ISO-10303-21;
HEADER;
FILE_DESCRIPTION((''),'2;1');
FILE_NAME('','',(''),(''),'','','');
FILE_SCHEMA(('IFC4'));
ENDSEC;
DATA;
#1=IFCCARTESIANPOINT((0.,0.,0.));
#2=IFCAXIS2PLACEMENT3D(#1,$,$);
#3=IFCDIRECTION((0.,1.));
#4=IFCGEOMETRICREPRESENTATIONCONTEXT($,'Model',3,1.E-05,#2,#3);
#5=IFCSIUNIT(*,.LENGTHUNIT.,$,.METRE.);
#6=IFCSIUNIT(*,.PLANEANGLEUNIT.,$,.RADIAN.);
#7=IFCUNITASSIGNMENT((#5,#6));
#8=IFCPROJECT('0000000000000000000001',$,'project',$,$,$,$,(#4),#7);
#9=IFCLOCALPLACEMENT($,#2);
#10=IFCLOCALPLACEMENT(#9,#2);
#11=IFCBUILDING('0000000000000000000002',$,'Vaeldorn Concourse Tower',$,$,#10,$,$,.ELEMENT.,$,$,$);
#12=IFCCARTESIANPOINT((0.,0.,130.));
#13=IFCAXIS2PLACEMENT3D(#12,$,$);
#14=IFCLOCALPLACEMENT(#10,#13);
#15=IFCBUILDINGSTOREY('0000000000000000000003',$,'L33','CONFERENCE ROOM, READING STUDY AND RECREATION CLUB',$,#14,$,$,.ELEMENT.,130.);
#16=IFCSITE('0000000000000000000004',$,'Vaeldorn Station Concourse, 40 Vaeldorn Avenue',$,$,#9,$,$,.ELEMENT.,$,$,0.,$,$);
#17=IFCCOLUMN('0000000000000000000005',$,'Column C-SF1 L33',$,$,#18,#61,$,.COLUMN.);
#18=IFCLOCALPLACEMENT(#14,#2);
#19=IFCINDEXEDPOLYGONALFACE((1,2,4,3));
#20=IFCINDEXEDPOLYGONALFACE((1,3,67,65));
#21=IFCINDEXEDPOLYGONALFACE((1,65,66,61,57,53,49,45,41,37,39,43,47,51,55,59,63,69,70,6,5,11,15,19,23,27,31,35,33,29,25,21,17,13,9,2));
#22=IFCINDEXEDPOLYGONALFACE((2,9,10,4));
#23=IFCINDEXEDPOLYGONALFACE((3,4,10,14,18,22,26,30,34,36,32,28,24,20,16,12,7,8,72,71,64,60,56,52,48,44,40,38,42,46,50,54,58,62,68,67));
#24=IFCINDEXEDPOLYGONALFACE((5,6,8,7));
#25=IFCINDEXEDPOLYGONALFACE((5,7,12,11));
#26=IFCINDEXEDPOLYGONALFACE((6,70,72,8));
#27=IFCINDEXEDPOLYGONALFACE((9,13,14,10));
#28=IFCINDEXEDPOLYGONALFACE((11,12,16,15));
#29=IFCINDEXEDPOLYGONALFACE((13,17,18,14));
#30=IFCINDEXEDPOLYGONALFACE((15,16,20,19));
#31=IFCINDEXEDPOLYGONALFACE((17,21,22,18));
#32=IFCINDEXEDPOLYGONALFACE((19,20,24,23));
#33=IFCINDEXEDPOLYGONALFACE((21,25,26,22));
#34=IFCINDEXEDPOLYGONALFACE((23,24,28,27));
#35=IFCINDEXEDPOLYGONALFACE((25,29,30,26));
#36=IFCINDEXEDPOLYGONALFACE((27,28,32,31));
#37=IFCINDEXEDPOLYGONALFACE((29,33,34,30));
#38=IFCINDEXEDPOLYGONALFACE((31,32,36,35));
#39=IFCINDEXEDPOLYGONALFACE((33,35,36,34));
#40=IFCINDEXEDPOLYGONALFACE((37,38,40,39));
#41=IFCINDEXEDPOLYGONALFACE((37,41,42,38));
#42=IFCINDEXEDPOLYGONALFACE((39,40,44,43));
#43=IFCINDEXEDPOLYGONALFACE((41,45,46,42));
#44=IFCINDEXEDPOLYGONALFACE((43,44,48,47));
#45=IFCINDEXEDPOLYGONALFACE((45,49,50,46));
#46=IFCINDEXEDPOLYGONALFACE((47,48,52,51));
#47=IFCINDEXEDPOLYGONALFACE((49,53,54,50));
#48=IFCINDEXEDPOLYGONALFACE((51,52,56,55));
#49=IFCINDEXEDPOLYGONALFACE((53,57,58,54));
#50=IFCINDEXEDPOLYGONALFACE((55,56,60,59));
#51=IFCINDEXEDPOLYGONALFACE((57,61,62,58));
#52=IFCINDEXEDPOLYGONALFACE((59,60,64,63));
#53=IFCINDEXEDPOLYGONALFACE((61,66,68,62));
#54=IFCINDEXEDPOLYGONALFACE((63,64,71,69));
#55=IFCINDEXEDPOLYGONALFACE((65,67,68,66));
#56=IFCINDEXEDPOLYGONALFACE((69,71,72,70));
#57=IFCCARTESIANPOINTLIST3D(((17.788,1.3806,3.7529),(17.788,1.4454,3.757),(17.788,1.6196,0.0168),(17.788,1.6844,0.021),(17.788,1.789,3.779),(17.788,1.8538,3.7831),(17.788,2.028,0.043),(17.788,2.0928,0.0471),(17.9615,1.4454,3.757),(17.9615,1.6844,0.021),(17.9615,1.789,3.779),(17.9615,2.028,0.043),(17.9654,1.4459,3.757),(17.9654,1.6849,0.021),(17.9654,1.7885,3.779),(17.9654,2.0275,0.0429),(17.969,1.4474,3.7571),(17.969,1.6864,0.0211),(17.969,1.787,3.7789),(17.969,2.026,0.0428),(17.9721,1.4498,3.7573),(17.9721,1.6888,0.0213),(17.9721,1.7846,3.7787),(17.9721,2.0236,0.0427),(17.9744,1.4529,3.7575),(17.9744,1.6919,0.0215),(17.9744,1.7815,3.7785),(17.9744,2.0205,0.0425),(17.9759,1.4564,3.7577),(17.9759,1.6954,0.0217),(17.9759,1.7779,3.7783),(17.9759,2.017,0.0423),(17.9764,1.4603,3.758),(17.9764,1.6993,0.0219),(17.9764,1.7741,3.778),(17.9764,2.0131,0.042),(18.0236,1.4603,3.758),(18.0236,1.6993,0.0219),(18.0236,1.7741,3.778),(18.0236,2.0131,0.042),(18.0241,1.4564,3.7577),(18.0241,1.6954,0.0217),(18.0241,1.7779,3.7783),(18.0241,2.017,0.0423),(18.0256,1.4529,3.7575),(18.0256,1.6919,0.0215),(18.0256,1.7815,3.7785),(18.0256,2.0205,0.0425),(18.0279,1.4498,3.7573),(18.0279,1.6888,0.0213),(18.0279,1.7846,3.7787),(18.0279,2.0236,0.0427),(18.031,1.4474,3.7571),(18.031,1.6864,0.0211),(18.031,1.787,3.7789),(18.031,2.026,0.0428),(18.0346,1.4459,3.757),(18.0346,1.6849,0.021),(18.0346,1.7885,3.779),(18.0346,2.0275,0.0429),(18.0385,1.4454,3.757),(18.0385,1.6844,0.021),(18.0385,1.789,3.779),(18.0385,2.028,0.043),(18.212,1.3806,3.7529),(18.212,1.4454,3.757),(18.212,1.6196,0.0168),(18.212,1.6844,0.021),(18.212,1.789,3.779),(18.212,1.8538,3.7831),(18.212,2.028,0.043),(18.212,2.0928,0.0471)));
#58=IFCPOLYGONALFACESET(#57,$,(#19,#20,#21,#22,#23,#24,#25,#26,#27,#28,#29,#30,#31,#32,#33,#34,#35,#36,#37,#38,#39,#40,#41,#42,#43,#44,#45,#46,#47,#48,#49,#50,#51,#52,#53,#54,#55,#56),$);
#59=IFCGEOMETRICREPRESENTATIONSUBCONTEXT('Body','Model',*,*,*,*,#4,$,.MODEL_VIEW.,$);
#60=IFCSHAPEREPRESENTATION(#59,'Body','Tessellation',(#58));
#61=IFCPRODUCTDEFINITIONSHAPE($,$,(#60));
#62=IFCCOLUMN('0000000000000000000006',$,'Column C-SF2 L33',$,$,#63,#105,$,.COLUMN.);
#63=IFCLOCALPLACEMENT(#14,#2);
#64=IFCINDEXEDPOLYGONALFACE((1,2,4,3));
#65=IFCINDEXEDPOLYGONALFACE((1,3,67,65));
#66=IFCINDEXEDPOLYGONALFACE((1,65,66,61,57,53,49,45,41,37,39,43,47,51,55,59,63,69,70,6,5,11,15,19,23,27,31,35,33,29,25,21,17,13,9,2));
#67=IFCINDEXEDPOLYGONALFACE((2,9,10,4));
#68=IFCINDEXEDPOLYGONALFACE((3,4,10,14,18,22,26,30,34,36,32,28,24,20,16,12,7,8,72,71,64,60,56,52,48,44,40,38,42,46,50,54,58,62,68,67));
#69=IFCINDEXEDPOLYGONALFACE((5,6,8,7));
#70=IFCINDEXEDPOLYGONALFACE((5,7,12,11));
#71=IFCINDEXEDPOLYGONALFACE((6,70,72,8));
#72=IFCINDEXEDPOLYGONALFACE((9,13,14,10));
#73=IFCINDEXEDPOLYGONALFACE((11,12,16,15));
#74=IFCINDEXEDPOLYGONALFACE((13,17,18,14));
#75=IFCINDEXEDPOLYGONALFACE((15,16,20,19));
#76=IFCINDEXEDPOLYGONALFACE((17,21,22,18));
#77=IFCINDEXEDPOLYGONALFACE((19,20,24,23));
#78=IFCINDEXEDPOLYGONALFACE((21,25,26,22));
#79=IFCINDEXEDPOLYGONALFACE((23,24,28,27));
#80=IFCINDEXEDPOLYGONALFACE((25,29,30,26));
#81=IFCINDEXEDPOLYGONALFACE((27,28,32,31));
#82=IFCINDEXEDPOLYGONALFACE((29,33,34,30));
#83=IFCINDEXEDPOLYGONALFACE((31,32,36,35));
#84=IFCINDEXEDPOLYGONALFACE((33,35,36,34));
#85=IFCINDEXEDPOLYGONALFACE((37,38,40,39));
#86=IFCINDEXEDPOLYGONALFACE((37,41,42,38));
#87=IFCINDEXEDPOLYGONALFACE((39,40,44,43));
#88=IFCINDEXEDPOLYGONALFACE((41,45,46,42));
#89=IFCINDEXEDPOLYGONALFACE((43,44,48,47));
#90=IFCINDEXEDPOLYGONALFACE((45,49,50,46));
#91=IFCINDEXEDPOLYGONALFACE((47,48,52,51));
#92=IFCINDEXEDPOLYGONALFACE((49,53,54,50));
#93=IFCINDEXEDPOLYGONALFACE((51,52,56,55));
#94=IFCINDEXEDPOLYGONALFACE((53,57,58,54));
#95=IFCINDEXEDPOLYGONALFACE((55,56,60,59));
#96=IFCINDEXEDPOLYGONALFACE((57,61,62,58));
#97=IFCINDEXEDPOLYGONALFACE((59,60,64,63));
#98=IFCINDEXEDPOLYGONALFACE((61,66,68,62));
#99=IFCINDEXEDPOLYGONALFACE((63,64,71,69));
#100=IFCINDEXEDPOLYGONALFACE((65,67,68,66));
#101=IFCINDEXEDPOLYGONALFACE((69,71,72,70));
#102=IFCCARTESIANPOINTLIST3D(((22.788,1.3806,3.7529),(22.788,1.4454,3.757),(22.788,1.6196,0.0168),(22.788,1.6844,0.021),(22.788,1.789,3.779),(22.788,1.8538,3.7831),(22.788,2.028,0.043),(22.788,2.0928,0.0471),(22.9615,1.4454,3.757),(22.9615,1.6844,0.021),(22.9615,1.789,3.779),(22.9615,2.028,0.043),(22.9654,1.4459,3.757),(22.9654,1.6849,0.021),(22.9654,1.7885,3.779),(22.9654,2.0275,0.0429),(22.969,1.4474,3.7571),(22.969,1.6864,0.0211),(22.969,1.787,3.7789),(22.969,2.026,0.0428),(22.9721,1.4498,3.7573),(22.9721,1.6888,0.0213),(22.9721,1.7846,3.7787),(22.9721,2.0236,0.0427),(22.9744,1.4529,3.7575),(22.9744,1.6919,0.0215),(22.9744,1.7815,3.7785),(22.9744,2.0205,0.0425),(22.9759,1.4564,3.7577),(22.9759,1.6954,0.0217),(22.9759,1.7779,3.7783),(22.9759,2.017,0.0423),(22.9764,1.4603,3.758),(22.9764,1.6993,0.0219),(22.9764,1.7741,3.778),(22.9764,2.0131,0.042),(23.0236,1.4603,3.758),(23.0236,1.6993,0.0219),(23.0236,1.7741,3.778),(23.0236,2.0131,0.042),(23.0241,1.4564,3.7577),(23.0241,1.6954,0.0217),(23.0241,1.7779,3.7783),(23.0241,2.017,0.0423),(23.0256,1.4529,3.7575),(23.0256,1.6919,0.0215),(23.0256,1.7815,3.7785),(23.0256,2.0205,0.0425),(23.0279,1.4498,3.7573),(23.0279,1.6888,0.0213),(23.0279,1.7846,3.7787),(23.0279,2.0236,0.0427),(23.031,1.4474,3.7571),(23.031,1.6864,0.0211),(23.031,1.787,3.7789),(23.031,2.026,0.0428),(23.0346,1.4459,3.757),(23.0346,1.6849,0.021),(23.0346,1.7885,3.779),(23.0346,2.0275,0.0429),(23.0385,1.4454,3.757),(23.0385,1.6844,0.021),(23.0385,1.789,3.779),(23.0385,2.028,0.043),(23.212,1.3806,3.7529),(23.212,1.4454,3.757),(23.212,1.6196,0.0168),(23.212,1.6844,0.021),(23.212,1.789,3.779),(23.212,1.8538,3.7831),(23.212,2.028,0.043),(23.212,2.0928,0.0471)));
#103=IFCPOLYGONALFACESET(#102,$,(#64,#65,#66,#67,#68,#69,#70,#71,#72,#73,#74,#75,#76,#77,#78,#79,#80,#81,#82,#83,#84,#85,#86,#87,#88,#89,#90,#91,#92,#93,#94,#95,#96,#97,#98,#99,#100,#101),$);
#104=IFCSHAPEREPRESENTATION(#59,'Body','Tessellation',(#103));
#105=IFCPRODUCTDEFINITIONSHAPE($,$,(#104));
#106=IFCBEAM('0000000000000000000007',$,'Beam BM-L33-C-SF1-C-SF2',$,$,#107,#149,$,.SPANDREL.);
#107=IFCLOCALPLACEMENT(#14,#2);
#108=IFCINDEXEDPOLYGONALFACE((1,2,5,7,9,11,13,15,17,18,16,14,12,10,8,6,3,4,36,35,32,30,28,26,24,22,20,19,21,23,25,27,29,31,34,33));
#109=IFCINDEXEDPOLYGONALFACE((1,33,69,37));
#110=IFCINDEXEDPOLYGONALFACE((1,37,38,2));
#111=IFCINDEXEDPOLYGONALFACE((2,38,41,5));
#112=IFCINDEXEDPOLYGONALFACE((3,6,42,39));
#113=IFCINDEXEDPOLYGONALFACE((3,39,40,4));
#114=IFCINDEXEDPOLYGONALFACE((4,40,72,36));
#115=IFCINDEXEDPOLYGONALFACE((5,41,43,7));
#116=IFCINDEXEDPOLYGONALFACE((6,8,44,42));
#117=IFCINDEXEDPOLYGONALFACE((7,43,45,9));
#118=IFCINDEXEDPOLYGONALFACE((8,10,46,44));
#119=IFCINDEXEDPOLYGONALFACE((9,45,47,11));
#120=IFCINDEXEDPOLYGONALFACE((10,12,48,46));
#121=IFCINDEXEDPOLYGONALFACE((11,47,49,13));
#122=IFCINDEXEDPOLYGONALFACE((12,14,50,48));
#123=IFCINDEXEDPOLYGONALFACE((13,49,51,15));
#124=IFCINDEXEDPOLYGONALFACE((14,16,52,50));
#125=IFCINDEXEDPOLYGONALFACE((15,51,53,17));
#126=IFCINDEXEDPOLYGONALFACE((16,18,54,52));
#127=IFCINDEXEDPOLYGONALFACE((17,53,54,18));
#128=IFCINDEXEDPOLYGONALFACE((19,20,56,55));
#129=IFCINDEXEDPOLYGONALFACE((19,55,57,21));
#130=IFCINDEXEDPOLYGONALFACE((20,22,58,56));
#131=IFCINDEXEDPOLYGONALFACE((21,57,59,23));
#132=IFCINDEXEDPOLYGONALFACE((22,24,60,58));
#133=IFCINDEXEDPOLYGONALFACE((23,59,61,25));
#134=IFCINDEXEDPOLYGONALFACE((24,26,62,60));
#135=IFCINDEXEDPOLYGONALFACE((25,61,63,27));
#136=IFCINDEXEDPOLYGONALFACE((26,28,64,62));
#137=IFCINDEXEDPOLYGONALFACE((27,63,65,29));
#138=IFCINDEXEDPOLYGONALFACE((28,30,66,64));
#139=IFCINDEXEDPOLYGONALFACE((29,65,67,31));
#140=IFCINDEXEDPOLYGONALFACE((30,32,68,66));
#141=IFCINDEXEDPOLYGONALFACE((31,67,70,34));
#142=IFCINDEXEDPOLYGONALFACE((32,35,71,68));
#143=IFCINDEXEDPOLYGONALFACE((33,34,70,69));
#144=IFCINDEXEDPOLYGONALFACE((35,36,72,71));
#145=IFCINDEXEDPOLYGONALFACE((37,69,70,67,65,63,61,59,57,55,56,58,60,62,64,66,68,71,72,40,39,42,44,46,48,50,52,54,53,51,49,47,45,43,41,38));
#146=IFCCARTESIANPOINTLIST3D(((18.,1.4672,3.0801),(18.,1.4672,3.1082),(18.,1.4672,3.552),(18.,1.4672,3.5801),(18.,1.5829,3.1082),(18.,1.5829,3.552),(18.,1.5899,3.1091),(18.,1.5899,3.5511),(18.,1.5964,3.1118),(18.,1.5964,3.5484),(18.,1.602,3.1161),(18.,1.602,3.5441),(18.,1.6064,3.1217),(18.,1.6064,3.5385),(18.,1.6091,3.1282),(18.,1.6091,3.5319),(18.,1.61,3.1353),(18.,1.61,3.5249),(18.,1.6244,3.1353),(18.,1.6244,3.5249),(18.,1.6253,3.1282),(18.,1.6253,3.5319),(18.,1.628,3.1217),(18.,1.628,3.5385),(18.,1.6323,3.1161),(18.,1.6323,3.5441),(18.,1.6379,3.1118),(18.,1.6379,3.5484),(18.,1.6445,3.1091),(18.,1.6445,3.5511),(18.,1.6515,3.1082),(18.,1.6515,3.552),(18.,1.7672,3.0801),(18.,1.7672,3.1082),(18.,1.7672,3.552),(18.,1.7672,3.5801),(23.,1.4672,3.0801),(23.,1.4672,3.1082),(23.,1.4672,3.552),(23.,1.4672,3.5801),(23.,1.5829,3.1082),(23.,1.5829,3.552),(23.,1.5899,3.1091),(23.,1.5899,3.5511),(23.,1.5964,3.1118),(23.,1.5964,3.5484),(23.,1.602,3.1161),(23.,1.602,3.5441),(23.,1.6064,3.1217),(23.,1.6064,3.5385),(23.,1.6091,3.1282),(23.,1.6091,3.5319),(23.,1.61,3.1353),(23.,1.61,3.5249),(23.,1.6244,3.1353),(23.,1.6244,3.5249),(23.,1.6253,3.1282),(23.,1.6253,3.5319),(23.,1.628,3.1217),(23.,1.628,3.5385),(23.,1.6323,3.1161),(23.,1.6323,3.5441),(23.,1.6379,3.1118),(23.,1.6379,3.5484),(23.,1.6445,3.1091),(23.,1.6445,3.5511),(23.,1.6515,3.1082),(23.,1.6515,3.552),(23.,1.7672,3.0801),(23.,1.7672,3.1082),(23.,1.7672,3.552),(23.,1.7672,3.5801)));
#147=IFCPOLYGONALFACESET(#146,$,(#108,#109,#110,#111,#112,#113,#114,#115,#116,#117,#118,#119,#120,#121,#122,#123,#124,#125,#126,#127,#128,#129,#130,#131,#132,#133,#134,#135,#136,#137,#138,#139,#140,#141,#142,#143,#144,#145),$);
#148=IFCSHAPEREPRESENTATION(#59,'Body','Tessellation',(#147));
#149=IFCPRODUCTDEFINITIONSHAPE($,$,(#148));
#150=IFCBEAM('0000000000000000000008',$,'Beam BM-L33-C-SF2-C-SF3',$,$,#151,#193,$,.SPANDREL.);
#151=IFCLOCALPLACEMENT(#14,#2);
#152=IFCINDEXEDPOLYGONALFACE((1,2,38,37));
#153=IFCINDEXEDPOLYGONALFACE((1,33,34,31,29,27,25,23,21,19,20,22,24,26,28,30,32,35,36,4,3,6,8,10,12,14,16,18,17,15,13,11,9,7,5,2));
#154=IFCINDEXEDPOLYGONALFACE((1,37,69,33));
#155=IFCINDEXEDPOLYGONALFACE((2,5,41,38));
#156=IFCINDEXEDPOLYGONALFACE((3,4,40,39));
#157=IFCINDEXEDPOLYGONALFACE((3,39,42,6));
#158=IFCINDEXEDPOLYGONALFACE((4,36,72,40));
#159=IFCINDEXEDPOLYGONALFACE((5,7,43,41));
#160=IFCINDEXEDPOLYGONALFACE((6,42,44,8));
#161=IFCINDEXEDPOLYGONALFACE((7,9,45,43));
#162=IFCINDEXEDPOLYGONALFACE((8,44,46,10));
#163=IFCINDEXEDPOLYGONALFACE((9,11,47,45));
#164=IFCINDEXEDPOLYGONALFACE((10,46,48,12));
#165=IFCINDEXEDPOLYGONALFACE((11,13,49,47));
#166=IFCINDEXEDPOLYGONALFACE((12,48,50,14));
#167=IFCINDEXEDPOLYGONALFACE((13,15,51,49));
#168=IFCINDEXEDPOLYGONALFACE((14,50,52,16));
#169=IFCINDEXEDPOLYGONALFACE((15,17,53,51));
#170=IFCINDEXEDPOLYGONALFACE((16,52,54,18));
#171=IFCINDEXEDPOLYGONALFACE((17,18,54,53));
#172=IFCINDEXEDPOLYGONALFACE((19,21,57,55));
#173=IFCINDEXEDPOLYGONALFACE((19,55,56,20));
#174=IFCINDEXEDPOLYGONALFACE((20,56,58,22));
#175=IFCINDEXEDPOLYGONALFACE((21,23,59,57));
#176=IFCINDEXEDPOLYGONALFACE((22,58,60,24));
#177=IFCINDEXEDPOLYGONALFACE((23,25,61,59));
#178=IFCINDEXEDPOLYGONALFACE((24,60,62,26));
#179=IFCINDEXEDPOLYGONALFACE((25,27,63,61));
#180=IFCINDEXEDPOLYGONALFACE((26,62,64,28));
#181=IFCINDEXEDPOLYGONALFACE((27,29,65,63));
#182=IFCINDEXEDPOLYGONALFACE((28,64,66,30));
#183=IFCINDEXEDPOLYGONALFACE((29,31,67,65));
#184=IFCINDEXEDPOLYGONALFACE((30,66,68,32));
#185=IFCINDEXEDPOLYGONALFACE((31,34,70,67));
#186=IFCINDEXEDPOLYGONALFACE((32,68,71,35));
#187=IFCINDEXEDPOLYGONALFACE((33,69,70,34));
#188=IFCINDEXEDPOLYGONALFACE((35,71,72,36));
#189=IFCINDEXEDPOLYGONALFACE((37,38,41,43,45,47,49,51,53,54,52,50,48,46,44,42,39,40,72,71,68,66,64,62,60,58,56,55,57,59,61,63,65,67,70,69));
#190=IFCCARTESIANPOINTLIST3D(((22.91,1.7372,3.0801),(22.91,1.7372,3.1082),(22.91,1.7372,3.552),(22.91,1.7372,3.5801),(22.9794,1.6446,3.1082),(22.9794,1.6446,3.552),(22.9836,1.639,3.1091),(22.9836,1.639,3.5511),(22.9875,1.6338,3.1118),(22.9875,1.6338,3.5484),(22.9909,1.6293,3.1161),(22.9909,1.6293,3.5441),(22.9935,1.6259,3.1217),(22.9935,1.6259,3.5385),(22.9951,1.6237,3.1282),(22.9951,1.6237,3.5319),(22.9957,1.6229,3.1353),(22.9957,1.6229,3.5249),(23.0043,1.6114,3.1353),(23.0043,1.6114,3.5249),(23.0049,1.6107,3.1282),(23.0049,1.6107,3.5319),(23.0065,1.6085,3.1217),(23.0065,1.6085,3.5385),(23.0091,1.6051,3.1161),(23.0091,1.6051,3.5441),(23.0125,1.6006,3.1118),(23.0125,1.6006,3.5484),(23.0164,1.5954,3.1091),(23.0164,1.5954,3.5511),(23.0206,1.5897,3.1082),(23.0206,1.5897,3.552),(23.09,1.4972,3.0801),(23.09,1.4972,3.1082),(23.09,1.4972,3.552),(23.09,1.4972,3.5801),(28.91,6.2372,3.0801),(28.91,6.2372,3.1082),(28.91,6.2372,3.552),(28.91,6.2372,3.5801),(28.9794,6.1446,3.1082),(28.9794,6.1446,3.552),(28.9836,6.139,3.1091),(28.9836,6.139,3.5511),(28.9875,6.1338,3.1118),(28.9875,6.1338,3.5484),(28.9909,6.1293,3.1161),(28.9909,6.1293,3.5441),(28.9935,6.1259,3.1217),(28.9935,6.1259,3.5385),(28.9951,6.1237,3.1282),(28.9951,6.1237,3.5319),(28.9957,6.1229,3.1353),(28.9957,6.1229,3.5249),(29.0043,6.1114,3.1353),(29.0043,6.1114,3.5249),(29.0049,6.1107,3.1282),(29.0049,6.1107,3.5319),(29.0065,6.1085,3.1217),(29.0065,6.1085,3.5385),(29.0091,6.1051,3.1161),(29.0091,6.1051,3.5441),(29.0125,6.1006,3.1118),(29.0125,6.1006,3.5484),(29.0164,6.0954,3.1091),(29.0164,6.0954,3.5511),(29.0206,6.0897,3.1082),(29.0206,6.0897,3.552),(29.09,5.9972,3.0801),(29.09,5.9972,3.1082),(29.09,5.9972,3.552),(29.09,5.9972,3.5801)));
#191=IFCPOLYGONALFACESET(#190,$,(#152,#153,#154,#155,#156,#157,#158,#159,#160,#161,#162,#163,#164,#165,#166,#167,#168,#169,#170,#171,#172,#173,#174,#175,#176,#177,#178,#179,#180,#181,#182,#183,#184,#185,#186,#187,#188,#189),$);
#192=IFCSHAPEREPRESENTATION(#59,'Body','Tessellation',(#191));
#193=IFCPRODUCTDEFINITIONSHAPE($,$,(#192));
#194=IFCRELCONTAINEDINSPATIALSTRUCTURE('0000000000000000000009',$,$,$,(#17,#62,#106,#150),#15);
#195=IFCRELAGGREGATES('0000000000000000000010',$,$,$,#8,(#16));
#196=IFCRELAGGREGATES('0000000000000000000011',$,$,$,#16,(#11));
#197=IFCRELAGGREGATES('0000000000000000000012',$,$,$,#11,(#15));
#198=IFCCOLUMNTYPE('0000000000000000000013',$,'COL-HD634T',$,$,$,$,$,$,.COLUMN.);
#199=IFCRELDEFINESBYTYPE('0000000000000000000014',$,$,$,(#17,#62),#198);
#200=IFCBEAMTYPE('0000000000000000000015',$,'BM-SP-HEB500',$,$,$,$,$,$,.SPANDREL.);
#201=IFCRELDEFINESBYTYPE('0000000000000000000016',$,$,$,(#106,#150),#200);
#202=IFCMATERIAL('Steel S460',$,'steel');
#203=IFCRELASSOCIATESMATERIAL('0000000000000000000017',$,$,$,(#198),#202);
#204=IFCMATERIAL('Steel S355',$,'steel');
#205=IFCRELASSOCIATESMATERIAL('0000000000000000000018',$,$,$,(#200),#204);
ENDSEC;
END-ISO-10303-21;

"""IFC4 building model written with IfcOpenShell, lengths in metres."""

from ifc_helpers import new_model, si_unit, direction, frame, origin, origin_2d, place, context, subcontext, project, spatial, i_section, extrude, source, transform, mapped, material, material_profile, profile_set, type_object, element, save


model = new_model("IFC4")

# Units and contexts
model_context = context("Model", 3, precision=1e-05, world=origin(), true_north=direction((0.0, 1.0)))
body_context = subcontext(model_context, "Body", "Model", "MODEL_VIEW")
ifc_project = project(units=[si_unit("LENGTHUNIT", "METRE"), si_unit("PLANEANGLEUNIT", "RADIAN")], contexts=[model_context])

# Site, building, storey
site_placement = place(None, origin())
site = spatial("IfcSite", under=ifc_project, at=site_placement, Name="Vaeldorn Station Concourse, 40 Vaeldorn Avenue", CompositionType="ELEMENT", RefElevation=0.0)
building_placement = place(site_placement, origin())
building = spatial("IfcBuilding", under=site, at=building_placement, Name="Vaeldorn Concourse Tower", CompositionType="ELEMENT")
storey_placement = place(building_placement, frame((0.0, 0.0, 130.0)))
storey = spatial("IfcBuildingStorey", under=building, at=storey_placement, Name="L33", Description="CONFERENCE ROOM, READING STUDY AND RECREATION CLUB", CompositionType="ELEMENT", Elevation=130.0)

# Columns
ifc_material_1 = material(Name="Steel S460", Category="steel")
ifc_material_profile_1 = material_profile(ifc_material_1, i_section(OverallWidth=0.4241, OverallDepth=0.4741, WebThickness=0.0471, FlangeThickness=0.0649, FilletRadius=0.0149, at=origin_2d()), Name="HD 400x634")
ifc_profile_set_1 = profile_set([ifc_material_profile_1], Name="Steel S460")
column_type = type_object("IfcColumnType", Name="COL-HD634T", PredefinedType="COLUMN", material=ifc_profile_set_1)
shared_shape_1 = source(origin(), body_context, "Body", "SweptSolid", [
    extrude(i_section(OverallWidth=0.4241, OverallDepth=0.4741, WebThickness=0.0471, FlangeThickness=0.0649, FilletRadius=0.0149, at=origin_2d()), origin(), (0.0, 0.0, 1.0), 3.7437),
])
for number, where, z_axis, x_axis, name in (
    (1, (18.0, 1.8562, 0.032), (0.0, -0.063844, 0.99796), (1.0, 0.0, 0.0), "Column C-SF1 L33"),
    (2, (23.0, 1.8562, 0.032), (0.0, -0.063844, 0.99796), (1.0, 0.0, 0.0), "Column C-SF2 L33"),
):
    element("IfcColumn", number, at=place(storey_placement, frame(where, z_axis=z_axis, x_axis=x_axis)), inside=storey, type_object=column_type, Name=name, PredefinedType="COLUMN", context=body_context, shape_type="MappedRepresentation", body=[
        mapped(shared_shape_1, transform((0.0, 0.0, 0.0), scale=1.0)),
    ])

# Beams
ifc_material_2 = material(Name="Steel S355", Category="steel")
ifc_material_profile_2 = material_profile(ifc_material_2, i_section(OverallWidth=0.3, OverallDepth=0.5, WebThickness=0.0144, FlangeThickness=0.0281, FilletRadius=0.0271, at=origin_2d()), Name="HEB 500")
ifc_profile_set_2 = profile_set([ifc_material_profile_2], Name="Steel S355")
beam_type_1 = type_object("IfcBeamType", Name="BM-SP-HEB500", PredefinedType="SPANDREL", material=ifc_profile_set_2)
shared_shape_2 = source(origin(), body_context, "Body", "SweptSolid", [
    extrude(i_section(OverallWidth=0.3, OverallDepth=0.5, WebThickness=0.0144, FlangeThickness=0.0281, FilletRadius=0.0271, at=origin_2d()), origin(), (0.0, 0.0, 1.0), 5.0),
])
beam_1_placement = place(storey_placement, frame((18.0, 1.6172, 3.3301), z_axis=(1.0, 0.0, 0.0), x_axis=(0.0, 1.0, 0.0)))
element("IfcBeam", 3, at=beam_1_placement, inside=storey, type_object=beam_type_1, Name="Beam BM-L33-C-SF1-C-SF2", PredefinedType="SPANDREL", context=body_context, shape_type="MappedRepresentation", body=[
    mapped(shared_shape_2, transform((0.0, 0.0, 0.0), scale=1.0)),
])
shared_shape_3 = source(origin(), body_context, "Body", "SweptSolid", [
    extrude(i_section(OverallWidth=0.3, OverallDepth=0.5, WebThickness=0.0144, FlangeThickness=0.0281, FilletRadius=0.0271, at=origin_2d()), origin(), (0.0, 0.0, 1.0), 7.5),
])
beam_2_placement = place(storey_placement, frame((23.0, 1.6172, 3.3301), z_axis=(0.8, 0.6, 0.0), x_axis=(-0.6, 0.8, 0.0)))
element("IfcBeam", 4, at=beam_2_placement, inside=storey, type_object=beam_type_1, Name="Beam BM-L33-C-SF2-C-SF3", PredefinedType="SPANDREL", context=body_context, shape_type="MappedRepresentation", body=[
    mapped(shared_shape_3, transform((0.0, 0.0, 0.0), scale=1.0)),
])

save(model, "model.ifc")
